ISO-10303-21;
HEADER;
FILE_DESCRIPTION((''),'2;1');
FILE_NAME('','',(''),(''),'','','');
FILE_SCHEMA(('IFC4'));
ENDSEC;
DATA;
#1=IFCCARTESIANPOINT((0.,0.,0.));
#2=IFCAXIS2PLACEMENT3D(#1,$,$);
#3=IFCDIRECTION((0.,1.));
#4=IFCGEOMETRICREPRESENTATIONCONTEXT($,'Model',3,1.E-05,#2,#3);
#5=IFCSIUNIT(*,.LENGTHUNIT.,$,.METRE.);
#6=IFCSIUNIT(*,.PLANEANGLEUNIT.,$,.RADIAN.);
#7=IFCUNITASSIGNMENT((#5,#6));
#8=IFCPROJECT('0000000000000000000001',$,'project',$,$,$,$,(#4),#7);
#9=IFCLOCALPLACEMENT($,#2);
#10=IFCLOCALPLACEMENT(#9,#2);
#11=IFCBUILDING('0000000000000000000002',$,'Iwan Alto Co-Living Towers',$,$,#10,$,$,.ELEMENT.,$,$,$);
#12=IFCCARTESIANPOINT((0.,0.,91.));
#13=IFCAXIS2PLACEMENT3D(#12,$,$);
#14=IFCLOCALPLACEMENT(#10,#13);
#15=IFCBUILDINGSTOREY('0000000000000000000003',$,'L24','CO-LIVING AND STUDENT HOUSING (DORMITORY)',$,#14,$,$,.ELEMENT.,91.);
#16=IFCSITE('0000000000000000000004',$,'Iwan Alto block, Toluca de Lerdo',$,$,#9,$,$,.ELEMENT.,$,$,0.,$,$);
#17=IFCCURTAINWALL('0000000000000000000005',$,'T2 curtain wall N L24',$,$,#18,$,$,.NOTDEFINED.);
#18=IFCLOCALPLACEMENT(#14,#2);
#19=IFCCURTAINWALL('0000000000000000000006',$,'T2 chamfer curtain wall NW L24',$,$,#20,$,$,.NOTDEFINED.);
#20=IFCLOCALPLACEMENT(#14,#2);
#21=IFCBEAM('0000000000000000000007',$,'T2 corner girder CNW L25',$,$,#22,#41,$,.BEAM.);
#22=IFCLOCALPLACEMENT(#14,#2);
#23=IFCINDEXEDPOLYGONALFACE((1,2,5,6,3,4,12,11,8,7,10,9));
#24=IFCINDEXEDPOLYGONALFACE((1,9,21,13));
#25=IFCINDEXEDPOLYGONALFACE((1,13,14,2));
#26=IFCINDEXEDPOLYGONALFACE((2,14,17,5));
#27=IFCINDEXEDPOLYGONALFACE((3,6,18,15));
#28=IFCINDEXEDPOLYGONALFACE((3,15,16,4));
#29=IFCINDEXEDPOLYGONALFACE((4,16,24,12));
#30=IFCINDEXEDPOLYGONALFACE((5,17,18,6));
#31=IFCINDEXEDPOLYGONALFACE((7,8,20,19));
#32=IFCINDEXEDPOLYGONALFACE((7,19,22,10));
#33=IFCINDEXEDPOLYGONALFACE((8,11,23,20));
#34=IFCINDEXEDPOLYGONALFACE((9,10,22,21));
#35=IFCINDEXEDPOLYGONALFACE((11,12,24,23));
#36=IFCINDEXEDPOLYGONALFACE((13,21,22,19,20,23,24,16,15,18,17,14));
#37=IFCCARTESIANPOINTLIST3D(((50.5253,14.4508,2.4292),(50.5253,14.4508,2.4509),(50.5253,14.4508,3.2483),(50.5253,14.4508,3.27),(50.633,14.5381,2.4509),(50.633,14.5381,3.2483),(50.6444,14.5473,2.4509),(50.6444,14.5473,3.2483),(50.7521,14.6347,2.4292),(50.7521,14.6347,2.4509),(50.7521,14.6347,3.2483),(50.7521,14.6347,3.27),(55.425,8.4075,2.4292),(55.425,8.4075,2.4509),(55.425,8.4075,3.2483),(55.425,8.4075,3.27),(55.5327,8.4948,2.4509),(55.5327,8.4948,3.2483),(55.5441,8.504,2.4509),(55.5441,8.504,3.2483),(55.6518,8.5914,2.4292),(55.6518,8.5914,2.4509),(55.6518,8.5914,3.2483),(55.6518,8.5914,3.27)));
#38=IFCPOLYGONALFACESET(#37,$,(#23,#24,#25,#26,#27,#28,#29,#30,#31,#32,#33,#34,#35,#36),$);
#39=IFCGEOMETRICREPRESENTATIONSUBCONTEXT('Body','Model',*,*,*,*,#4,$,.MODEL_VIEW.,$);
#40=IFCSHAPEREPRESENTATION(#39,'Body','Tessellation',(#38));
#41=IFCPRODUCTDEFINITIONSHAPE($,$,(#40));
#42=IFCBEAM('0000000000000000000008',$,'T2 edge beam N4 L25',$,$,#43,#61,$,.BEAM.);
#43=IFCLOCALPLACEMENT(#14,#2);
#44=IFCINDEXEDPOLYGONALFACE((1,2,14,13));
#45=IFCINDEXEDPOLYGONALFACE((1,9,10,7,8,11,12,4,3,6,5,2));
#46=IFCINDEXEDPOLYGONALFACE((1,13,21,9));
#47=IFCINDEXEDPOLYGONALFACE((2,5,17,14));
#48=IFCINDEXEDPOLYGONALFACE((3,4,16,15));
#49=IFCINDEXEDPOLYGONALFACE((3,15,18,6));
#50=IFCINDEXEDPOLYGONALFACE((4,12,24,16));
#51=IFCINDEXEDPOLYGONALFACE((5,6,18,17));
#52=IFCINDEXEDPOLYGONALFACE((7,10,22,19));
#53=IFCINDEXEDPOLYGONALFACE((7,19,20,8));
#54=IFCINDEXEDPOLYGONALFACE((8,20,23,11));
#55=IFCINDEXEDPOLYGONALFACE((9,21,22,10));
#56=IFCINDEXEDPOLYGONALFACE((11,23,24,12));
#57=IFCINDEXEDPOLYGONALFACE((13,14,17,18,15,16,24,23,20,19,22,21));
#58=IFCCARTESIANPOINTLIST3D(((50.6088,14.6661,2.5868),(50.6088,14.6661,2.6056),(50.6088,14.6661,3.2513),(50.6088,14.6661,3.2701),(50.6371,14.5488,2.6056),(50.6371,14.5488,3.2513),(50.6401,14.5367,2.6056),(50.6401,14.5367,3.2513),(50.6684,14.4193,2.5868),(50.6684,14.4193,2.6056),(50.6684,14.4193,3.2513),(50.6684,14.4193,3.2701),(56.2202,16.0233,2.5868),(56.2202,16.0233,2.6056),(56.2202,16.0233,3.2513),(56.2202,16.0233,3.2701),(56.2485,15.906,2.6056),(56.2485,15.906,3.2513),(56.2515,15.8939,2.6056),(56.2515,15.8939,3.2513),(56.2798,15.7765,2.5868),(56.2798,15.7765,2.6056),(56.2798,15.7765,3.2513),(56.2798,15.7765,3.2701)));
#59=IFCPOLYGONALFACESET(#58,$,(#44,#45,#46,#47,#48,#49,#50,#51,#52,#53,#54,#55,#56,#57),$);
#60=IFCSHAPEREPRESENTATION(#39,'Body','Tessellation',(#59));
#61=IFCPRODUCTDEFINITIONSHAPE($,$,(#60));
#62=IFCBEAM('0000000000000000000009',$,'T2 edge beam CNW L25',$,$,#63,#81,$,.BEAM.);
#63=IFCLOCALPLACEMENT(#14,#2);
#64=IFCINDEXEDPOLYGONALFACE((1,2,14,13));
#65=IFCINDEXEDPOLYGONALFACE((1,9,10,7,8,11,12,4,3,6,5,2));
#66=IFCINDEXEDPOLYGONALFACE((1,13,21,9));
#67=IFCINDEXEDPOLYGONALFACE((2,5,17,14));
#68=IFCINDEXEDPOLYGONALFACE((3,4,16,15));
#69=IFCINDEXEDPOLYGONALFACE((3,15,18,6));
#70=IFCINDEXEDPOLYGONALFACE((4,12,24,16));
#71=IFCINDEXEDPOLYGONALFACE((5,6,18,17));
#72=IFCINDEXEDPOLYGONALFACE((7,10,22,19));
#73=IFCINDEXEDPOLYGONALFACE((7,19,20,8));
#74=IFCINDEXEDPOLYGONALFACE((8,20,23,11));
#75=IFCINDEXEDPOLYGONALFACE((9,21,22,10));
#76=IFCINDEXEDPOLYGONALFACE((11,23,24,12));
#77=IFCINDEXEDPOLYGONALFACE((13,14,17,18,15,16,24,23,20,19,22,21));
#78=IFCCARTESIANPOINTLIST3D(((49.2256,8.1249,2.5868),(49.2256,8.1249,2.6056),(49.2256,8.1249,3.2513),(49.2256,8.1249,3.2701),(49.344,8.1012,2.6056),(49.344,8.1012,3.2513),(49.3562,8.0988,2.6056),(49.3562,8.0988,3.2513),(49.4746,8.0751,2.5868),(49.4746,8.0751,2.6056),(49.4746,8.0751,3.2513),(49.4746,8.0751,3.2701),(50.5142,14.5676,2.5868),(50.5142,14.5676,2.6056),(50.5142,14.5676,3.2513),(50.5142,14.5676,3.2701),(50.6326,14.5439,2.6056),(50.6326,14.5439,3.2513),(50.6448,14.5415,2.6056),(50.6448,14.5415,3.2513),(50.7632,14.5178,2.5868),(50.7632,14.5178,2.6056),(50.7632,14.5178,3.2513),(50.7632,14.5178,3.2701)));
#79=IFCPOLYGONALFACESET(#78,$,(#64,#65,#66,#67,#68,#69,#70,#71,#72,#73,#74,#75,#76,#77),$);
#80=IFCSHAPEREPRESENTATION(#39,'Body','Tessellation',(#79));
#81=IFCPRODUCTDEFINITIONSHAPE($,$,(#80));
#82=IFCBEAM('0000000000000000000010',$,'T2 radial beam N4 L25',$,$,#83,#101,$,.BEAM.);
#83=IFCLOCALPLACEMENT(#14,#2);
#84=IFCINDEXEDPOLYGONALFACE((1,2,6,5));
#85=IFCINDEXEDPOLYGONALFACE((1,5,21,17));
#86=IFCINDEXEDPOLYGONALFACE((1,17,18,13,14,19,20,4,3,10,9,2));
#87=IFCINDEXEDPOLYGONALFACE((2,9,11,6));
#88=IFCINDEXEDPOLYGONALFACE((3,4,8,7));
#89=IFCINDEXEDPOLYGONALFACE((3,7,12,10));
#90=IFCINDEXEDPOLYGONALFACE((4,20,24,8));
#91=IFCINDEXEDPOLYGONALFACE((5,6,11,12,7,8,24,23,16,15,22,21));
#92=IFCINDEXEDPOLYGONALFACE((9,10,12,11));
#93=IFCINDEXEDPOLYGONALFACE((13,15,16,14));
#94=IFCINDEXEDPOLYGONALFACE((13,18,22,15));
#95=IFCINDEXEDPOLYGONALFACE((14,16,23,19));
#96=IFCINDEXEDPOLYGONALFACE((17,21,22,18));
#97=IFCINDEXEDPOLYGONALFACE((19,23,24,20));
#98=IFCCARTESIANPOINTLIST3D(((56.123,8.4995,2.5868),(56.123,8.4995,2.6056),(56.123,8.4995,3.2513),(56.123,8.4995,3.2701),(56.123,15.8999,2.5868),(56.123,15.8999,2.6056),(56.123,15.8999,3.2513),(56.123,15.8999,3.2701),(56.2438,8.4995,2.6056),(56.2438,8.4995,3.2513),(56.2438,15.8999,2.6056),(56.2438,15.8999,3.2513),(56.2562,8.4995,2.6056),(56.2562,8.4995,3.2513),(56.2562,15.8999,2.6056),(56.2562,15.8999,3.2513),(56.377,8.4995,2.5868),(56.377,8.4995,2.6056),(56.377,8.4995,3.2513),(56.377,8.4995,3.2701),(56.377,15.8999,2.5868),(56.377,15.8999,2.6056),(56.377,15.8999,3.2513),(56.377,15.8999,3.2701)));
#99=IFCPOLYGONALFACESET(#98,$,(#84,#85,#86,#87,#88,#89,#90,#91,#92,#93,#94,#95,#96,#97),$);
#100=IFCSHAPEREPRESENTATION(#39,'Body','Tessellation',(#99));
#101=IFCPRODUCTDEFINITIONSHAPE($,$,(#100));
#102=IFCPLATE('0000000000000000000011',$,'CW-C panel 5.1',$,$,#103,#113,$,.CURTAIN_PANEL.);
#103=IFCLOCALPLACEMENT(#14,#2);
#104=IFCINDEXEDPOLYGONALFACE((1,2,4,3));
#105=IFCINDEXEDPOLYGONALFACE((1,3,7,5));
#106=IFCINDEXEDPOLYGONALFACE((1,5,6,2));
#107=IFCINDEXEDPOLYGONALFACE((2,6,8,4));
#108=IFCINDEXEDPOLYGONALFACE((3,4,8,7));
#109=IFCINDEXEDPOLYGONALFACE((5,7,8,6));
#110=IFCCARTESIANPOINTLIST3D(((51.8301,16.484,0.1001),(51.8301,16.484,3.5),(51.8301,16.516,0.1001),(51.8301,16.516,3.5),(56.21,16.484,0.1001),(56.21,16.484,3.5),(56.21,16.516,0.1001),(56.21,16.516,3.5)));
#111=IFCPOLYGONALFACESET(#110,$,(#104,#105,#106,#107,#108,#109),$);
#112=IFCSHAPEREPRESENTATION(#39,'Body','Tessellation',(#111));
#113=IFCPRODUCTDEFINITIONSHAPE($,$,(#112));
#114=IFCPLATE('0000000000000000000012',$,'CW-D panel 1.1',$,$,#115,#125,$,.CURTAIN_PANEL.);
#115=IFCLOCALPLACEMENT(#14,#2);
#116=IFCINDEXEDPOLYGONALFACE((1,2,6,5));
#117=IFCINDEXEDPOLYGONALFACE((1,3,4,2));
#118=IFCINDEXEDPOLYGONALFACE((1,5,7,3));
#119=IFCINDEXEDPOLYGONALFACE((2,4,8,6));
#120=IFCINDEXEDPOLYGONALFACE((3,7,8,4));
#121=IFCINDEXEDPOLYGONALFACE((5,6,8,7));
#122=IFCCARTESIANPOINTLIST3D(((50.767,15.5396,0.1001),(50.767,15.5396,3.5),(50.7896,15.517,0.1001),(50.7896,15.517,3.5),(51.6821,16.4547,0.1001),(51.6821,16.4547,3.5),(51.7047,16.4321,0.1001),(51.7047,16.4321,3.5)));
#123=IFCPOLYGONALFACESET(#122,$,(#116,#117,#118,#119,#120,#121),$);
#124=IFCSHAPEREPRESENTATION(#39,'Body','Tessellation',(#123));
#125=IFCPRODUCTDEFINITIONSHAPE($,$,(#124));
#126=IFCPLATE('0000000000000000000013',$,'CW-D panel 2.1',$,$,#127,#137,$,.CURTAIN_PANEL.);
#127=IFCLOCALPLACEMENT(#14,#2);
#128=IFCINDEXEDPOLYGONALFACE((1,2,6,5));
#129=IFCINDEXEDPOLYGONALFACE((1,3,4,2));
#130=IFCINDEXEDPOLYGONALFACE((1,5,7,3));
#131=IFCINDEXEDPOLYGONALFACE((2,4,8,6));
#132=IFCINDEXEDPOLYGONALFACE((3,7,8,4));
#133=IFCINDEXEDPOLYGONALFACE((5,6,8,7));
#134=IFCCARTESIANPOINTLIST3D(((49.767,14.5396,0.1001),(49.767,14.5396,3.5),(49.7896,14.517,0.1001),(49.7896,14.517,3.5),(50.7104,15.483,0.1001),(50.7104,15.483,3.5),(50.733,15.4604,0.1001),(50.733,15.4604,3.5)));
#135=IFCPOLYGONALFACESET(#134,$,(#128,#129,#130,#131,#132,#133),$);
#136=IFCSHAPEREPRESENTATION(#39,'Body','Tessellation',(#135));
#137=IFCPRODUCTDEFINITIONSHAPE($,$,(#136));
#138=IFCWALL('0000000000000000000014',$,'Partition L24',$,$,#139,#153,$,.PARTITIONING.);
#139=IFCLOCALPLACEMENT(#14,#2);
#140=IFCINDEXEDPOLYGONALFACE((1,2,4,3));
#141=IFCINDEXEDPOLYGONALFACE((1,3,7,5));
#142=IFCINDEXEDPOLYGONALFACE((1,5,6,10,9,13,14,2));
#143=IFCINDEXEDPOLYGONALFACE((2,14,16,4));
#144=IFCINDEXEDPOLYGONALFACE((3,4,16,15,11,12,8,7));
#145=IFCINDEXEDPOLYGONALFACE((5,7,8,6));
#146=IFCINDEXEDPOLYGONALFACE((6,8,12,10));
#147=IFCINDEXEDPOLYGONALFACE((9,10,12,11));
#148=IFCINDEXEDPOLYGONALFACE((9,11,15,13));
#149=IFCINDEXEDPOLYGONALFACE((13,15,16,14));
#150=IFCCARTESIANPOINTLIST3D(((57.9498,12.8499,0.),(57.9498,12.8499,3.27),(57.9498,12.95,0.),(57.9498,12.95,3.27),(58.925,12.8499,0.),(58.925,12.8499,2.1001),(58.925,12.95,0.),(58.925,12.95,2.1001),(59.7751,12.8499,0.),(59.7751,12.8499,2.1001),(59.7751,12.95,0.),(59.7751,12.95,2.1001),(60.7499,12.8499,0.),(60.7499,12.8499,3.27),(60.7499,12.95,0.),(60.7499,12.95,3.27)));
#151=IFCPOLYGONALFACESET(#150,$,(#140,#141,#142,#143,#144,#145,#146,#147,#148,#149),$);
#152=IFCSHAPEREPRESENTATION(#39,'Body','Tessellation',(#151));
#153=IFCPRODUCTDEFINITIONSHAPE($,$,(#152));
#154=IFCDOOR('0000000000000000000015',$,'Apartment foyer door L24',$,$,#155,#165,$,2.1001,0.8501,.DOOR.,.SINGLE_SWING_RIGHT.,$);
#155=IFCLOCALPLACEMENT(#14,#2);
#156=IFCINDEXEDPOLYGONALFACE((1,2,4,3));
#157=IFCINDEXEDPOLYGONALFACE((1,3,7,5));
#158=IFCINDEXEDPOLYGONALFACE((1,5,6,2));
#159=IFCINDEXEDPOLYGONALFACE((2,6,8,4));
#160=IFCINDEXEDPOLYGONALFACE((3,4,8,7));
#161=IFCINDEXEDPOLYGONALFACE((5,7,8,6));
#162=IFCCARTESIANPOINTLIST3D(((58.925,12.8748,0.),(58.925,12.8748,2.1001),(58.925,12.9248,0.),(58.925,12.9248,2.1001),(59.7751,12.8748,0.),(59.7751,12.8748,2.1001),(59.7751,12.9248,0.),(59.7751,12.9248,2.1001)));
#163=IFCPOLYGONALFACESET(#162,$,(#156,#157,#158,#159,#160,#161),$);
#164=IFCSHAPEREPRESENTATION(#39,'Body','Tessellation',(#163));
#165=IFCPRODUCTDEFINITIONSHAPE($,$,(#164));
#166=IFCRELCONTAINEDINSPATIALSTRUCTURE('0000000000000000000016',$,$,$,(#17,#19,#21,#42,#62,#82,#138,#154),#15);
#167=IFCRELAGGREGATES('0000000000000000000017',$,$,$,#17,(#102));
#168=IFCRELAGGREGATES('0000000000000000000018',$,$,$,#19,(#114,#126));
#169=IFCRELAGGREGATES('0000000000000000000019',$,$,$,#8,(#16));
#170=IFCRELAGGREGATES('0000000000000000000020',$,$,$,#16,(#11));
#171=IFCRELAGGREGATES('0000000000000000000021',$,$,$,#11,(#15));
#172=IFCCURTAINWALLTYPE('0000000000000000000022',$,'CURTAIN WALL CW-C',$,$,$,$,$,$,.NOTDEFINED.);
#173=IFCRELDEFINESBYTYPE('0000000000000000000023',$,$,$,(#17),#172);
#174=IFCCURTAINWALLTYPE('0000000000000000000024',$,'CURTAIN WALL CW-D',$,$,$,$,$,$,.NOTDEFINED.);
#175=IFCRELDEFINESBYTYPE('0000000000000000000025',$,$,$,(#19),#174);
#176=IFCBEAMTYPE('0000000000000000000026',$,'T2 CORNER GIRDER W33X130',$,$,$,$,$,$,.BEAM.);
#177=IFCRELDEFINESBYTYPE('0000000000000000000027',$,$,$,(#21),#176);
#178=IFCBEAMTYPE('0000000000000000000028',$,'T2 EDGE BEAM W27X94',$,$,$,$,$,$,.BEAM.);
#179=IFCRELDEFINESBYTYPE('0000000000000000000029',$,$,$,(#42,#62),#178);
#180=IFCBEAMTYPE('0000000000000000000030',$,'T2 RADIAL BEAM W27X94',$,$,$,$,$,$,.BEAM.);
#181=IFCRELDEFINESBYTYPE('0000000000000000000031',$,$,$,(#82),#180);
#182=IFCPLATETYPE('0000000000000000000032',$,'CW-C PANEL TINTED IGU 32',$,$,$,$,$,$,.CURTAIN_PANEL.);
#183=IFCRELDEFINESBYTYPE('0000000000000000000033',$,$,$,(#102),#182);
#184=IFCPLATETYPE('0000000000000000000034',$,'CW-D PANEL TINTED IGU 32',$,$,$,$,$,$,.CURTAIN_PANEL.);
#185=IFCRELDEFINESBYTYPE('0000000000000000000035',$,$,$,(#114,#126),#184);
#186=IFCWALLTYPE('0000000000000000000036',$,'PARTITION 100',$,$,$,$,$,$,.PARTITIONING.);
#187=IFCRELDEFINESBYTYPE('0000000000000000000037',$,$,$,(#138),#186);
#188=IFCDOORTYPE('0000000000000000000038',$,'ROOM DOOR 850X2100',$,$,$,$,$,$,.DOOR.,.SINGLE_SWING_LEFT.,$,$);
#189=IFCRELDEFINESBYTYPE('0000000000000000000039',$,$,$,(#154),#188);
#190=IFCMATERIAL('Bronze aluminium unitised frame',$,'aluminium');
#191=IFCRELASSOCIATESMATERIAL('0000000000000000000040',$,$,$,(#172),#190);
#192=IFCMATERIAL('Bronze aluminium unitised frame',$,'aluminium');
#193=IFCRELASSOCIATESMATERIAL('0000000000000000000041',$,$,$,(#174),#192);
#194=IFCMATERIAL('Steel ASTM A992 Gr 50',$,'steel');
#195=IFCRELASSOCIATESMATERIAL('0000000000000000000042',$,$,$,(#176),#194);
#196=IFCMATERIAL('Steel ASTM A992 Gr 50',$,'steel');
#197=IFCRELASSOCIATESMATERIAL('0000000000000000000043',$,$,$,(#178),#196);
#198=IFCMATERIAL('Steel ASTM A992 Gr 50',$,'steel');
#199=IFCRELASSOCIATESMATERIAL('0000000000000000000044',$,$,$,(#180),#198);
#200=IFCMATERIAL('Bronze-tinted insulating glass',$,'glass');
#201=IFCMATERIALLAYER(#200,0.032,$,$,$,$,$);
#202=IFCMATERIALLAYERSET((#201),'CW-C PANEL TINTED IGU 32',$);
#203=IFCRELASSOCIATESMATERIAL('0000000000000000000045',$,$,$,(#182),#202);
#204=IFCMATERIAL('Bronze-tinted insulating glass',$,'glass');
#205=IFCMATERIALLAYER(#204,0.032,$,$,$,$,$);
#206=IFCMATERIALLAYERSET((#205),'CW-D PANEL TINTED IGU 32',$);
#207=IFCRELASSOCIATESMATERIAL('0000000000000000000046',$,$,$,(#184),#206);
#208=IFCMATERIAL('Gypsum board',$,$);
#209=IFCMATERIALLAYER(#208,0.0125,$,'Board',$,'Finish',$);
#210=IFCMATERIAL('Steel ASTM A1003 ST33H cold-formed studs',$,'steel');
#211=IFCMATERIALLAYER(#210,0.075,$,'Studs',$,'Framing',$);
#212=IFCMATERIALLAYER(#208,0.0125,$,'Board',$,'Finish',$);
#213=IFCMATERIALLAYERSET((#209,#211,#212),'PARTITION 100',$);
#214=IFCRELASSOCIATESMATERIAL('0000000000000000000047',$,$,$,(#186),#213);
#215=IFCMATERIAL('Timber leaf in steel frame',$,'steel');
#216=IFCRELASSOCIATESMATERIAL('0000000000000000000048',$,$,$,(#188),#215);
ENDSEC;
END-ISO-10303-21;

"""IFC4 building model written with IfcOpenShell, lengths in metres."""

from ifc_helpers import new_model, si_unit, direction, frame, frame_2d, origin, origin_2d, place, context, subcontext, project, spatial, rectangle, i_section, extrude, material, layer, layer_set, material_profile, profile_set, type_object, element, fill, aggregate, save


model = new_model("IFC4")

# Units and contexts
model_context = context("Model", 3, precision=1e-05, world=origin(), true_north=direction((0.0, 1.0)))
body_context = subcontext(model_context, "Body", "Model", "MODEL_VIEW")
ifc_project = project(units=[si_unit("LENGTHUNIT", "METRE"), si_unit("PLANEANGLEUNIT", "RADIAN")], contexts=[model_context])

# Site, building, storey
site_placement = place(None, origin())
site = spatial("IfcSite", under=ifc_project, at=site_placement, Name="Iwan Alto block, Toluca de Lerdo", CompositionType="ELEMENT", RefElevation=0.0)
building_placement = place(site_placement, origin())
building = spatial("IfcBuilding", under=site, at=building_placement, Name="Iwan Alto Co-Living Towers", CompositionType="ELEMENT")
storey_placement = place(building_placement, frame((0.0, 0.0, 91.0)))
storey = spatial("IfcBuildingStorey", under=building, at=storey_placement, Name="L24", Description="CO-LIVING AND STUDENT HOUSING (DORMITORY)", CompositionType="ELEMENT", Elevation=91.0)

# Curtain walls
ifc_material_1 = material(Name="Bronze aluminium unitised frame", Category="aluminium")
curtain_wall_type_1 = type_object("IfcCurtainWallType", Name="CURTAIN WALL CW-C", PredefinedType="NOTDEFINED", material=ifc_material_1)
curtain_wall_1_placement = place(storey_placement, origin())
curtain_wall_1 = element("IfcCurtainWall", 1, at=curtain_wall_1_placement, inside=storey, type_object=curtain_wall_type_1, Name="T2 curtain wall N L24", PredefinedType="NOTDEFINED")
ifc_material_2 = material(Name="Bronze aluminium unitised frame", Category="aluminium")
curtain_wall_type_2 = type_object("IfcCurtainWallType", Name="CURTAIN WALL CW-D", PredefinedType="NOTDEFINED", material=ifc_material_2)
curtain_wall_2_placement = place(storey_placement, origin())
curtain_wall_2 = element("IfcCurtainWall", 2, at=curtain_wall_2_placement, inside=storey, type_object=curtain_wall_type_2, Name="T2 chamfer curtain wall NW L24", PredefinedType="NOTDEFINED")

# Beams
ifc_material_3 = material(Name="Steel ASTM A992 Gr 50", Category="steel")
ifc_material_profile_1 = material_profile(ifc_material_3, i_section(OverallWidth=0.292, OverallDepth=0.8408, WebThickness=0.0146, FlangeThickness=0.0217, at=origin_2d()), Name="W33X130")
ifc_profile_set_1 = profile_set([ifc_material_profile_1], Name="Steel ASTM A992 Gr 50")
beam_type_1 = type_object("IfcBeamType", Name="T2 CORNER GIRDER W33X130", PredefinedType="BEAM", material=ifc_profile_set_1)
beam_1_placement = place(storey_placement, frame((50.6387, 14.5427, 2.8496), z_axis=(0.629783, -0.776771, 0.0), x_axis=(0.776771, 0.629783, 0.0)))
element("IfcBeam", 3, at=beam_1_placement, inside=storey, type_object=beam_type_1, Name="T2 corner girder CNW L25", PredefinedType="BEAM", context=body_context, shape_type="SweptSolid", body=[
    extrude(i_section(OverallWidth=0.292, OverallDepth=0.8408, WebThickness=0.0146, FlangeThickness=0.0217, at=origin_2d()), origin(), (0.0, 0.0, 1.0), 7.78),
])
ifc_material_4 = material(Name="Steel ASTM A992 Gr 50", Category="steel")
ifc_material_profile_2 = material_profile(ifc_material_4, i_section(OverallWidth=0.2539, OverallDepth=0.6833, WebThickness=0.0125, FlangeThickness=0.0188, at=origin_2d()), Name="W27X94")
ifc_profile_set_2 = profile_set([ifc_material_profile_2], Name="Steel ASTM A992 Gr 50")
beam_type_2 = type_object("IfcBeamType", Name="T2 EDGE BEAM W27X94", PredefinedType="BEAM", material=ifc_profile_set_2)
beam_2_placement = place(storey_placement, frame((56.25, 15.8999, 2.9285), z_axis=(-0.971975, -0.235086, 0.0), x_axis=(0.235086, -0.971975, 0.0)))
element("IfcBeam", 4, at=beam_2_placement, inside=storey, type_object=beam_type_2, Name="T2 edge beam N4 L25", PredefinedType="BEAM", context=body_context, shape_type="SweptSolid", body=[
    extrude(i_section(OverallWidth=0.2539, OverallDepth=0.6833, WebThickness=0.0125, FlangeThickness=0.0188, at=origin_2d()), origin(), (0.0, 0.0, 1.0), 5.7732),
])
beam_3_placement = place(storey_placement, frame((50.6387, 14.5427, 2.9285), z_axis=(-0.196123, -0.980579, 0.0), x_axis=(0.980579, -0.196123, 0.0)))
element("IfcBeam", 5, at=beam_3_placement, inside=storey, type_object=beam_type_2, Name="T2 edge beam CNW L25", PredefinedType="BEAM", context=body_context, shape_type="SweptSolid", body=[
    extrude(i_section(OverallWidth=0.2539, OverallDepth=0.6833, WebThickness=0.0125, FlangeThickness=0.0188, at=origin_2d()), origin(), (0.0, 0.0, 1.0), 6.5703),
])
ifc_material_5 = material(Name="Steel ASTM A992 Gr 50", Category="steel")
ifc_material_profile_3 = material_profile(ifc_material_5, i_section(OverallWidth=0.2539, OverallDepth=0.6833, WebThickness=0.0125, FlangeThickness=0.0188, at=origin_2d()), Name="W27X94")
ifc_profile_set_3 = profile_set([ifc_material_profile_3], Name="Steel ASTM A992 Gr 50")
beam_type_3 = type_object("IfcBeamType", Name="T2 RADIAL BEAM W27X94", PredefinedType="BEAM", material=ifc_profile_set_3)
beam_4_placement = place(storey_placement, frame((56.25, 15.8999, 2.9285), z_axis=(0.0, -1.0, 0.0), x_axis=(1.0, 0.0, 0.0)))
element("IfcBeam", 6, at=beam_4_placement, inside=storey, type_object=beam_type_3, Name="T2 radial beam N4 L25", PredefinedType="BEAM", context=body_context, shape_type="SweptSolid", body=[
    extrude(i_section(OverallWidth=0.2539, OverallDepth=0.6833, WebThickness=0.0125, FlangeThickness=0.0188, at=origin_2d()), origin(), (0.0, 0.0, 1.0), 7.4004),
])

# Plates
ifc_material_6 = material(Name="Bronze-tinted insulating glass", Category="glass")
ifc_layer_1 = layer(ifc_material_6, 0.032)
ifc_layer_set_1 = layer_set([ifc_layer_1], Name="CW-C PANEL TINTED IGU 32")
plate_type_1 = type_object("IfcPlateType", Name="CW-C PANEL TINTED IGU 32", PredefinedType="CURTAIN_PANEL", material=ifc_layer_set_1)
plate_1_placement = place(storey_placement, frame((54.02, 16.5, 0.1001), z_axis=(0.0, 0.0, 1.0), x_axis=(-1.0, 0.0, 0.0)))
plate_1 = element("IfcPlate", 7, at=plate_1_placement, type_object=plate_type_1, Name="CW-C panel 5.1", PredefinedType="CURTAIN_PANEL", context=body_context, shape_type="SweptSolid", body=[
    extrude(rectangle(XDim=4.3799, YDim=0.032, at=origin_2d()), origin(), (0.0, 0.0, 1.0), 3.3999),
])
aggregate(curtain_wall_1, [plate_1])
ifc_material_7 = material(Name="Bronze-tinted insulating glass", Category="glass")
ifc_layer_2 = layer(ifc_material_7, 0.032)
ifc_layer_set_2 = layer_set([ifc_layer_2], Name="CW-D PANEL TINTED IGU 32")
plate_type_2 = type_object("IfcPlateType", Name="CW-D PANEL TINTED IGU 32", PredefinedType="CURTAIN_PANEL", material=ifc_layer_set_2)
plate_2_placement = place(storey_placement, frame((51.2358, 15.9858, 0.1001), z_axis=(0.0, 0.0, 1.0), x_axis=(-0.707107, -0.707107, 0.0)))
plate_2 = element("IfcPlate", 8, at=plate_2_placement, type_object=plate_type_2, Name="CW-D panel 1.1", PredefinedType="CURTAIN_PANEL", context=body_context, shape_type="SweptSolid", body=[
    extrude(rectangle(XDim=1.2942, YDim=0.032, at=origin_2d()), origin(), (0.0, 0.0, 1.0), 3.3999),
])
plate_3_placement = place(storey_placement, frame((50.25, 15.0, 0.1001), z_axis=(0.0, 0.0, 1.0), x_axis=(-0.707107, -0.707107, 0.0)))
plate_3 = element("IfcPlate", 9, at=plate_3_placement, type_object=plate_type_2, Name="CW-D panel 2.1", PredefinedType="CURTAIN_PANEL", context=body_context, shape_type="SweptSolid", body=[
    extrude(rectangle(XDim=1.3342, YDim=0.032, at=origin_2d()), origin(), (0.0, 0.0, 1.0), 3.3999),
])
aggregate(curtain_wall_2, [plate_2, plate_3])

# Wall, opening, door
ifc_material_8 = material(Name="Gypsum board")
ifc_layer_3 = layer(ifc_material_8, 0.0125, Name="Board", Category="Finish")
ifc_material_9 = material(Name="Steel ASTM A1003 ST33H cold-formed studs", Category="steel")
ifc_layer_4 = layer(ifc_material_9, 0.075, Name="Studs", Category="Framing")
ifc_layer_5 = layer(ifc_material_8, 0.0125, Name="Board", Category="Finish")
ifc_layer_set_3 = layer_set([ifc_layer_3, ifc_layer_4, ifc_layer_5], Name="PARTITION 100")
wall_type_1 = type_object("IfcWallType", Name="PARTITION 100", PredefinedType="PARTITIONING", material=ifc_layer_set_3)
wall_1_placement = place(storey_placement, frame((57.95, 12.8999, 0.0), z_axis=(0.0, 0.0, 1.0), x_axis=(1.0, 0.0, 0.0)))
wall_1 = element("IfcWall", 10, at=wall_1_placement, inside=storey, type_object=wall_type_1, Name="Partition L24", PredefinedType="PARTITIONING", context=body_context, shape_type="SweptSolid", body=[
    extrude(rectangle(XDim=2.8, YDim=0.1001, at=frame_2d((1.3999, 0.0))), origin(), (0.0, 0.0, 1.0), 3.27),
])
opening_placement = place(wall_1_placement, frame((0.9751, 0.0, 0.0)))
opening = element("IfcOpeningElement", 11, at=opening_placement, cuts=wall_1, PredefinedType="OPENING", context=body_context, shape_type="SweptSolid", body=[
    extrude(rectangle(XDim=0.8501, YDim=2.1001, at=frame_2d((0.425, 1.05))), frame((0.0, 0.0601, 0.0), z_axis=(0.0, -1.0, 0.0), x_axis=(1.0, 0.0, 0.0)), (0.0, 0.0, 1.0), 0.1201),
])
ifc_material_10 = material(Name="Timber leaf in steel frame", Category="steel")
door_type = type_object("IfcDoorType", Name="ROOM DOOR 850X2100", OperationType="SINGLE_SWING_LEFT", PredefinedType="DOOR", material=ifc_material_10)
door_placement = place(opening_placement, origin())
door = element("IfcDoor", 12, at=door_placement, inside=storey, type_object=door_type, Name="Apartment foyer door L24", OperationType="SINGLE_SWING_RIGHT", OverallHeight=2.1001, OverallWidth=0.8501, PredefinedType="DOOR", context=body_context, shape_type="SweptSolid", body=[
    extrude(rectangle(XDim=0.8501, YDim=2.1001, at=frame_2d((0.425, 1.05))), frame((0.0, 0.0249, 0.0), z_axis=(0.0, -1.0, 0.0), x_axis=(1.0, 0.0, 0.0)), (0.0, 0.0, 1.0), 0.05),
])
fill(opening, door)

save(model, "model.ifc")
